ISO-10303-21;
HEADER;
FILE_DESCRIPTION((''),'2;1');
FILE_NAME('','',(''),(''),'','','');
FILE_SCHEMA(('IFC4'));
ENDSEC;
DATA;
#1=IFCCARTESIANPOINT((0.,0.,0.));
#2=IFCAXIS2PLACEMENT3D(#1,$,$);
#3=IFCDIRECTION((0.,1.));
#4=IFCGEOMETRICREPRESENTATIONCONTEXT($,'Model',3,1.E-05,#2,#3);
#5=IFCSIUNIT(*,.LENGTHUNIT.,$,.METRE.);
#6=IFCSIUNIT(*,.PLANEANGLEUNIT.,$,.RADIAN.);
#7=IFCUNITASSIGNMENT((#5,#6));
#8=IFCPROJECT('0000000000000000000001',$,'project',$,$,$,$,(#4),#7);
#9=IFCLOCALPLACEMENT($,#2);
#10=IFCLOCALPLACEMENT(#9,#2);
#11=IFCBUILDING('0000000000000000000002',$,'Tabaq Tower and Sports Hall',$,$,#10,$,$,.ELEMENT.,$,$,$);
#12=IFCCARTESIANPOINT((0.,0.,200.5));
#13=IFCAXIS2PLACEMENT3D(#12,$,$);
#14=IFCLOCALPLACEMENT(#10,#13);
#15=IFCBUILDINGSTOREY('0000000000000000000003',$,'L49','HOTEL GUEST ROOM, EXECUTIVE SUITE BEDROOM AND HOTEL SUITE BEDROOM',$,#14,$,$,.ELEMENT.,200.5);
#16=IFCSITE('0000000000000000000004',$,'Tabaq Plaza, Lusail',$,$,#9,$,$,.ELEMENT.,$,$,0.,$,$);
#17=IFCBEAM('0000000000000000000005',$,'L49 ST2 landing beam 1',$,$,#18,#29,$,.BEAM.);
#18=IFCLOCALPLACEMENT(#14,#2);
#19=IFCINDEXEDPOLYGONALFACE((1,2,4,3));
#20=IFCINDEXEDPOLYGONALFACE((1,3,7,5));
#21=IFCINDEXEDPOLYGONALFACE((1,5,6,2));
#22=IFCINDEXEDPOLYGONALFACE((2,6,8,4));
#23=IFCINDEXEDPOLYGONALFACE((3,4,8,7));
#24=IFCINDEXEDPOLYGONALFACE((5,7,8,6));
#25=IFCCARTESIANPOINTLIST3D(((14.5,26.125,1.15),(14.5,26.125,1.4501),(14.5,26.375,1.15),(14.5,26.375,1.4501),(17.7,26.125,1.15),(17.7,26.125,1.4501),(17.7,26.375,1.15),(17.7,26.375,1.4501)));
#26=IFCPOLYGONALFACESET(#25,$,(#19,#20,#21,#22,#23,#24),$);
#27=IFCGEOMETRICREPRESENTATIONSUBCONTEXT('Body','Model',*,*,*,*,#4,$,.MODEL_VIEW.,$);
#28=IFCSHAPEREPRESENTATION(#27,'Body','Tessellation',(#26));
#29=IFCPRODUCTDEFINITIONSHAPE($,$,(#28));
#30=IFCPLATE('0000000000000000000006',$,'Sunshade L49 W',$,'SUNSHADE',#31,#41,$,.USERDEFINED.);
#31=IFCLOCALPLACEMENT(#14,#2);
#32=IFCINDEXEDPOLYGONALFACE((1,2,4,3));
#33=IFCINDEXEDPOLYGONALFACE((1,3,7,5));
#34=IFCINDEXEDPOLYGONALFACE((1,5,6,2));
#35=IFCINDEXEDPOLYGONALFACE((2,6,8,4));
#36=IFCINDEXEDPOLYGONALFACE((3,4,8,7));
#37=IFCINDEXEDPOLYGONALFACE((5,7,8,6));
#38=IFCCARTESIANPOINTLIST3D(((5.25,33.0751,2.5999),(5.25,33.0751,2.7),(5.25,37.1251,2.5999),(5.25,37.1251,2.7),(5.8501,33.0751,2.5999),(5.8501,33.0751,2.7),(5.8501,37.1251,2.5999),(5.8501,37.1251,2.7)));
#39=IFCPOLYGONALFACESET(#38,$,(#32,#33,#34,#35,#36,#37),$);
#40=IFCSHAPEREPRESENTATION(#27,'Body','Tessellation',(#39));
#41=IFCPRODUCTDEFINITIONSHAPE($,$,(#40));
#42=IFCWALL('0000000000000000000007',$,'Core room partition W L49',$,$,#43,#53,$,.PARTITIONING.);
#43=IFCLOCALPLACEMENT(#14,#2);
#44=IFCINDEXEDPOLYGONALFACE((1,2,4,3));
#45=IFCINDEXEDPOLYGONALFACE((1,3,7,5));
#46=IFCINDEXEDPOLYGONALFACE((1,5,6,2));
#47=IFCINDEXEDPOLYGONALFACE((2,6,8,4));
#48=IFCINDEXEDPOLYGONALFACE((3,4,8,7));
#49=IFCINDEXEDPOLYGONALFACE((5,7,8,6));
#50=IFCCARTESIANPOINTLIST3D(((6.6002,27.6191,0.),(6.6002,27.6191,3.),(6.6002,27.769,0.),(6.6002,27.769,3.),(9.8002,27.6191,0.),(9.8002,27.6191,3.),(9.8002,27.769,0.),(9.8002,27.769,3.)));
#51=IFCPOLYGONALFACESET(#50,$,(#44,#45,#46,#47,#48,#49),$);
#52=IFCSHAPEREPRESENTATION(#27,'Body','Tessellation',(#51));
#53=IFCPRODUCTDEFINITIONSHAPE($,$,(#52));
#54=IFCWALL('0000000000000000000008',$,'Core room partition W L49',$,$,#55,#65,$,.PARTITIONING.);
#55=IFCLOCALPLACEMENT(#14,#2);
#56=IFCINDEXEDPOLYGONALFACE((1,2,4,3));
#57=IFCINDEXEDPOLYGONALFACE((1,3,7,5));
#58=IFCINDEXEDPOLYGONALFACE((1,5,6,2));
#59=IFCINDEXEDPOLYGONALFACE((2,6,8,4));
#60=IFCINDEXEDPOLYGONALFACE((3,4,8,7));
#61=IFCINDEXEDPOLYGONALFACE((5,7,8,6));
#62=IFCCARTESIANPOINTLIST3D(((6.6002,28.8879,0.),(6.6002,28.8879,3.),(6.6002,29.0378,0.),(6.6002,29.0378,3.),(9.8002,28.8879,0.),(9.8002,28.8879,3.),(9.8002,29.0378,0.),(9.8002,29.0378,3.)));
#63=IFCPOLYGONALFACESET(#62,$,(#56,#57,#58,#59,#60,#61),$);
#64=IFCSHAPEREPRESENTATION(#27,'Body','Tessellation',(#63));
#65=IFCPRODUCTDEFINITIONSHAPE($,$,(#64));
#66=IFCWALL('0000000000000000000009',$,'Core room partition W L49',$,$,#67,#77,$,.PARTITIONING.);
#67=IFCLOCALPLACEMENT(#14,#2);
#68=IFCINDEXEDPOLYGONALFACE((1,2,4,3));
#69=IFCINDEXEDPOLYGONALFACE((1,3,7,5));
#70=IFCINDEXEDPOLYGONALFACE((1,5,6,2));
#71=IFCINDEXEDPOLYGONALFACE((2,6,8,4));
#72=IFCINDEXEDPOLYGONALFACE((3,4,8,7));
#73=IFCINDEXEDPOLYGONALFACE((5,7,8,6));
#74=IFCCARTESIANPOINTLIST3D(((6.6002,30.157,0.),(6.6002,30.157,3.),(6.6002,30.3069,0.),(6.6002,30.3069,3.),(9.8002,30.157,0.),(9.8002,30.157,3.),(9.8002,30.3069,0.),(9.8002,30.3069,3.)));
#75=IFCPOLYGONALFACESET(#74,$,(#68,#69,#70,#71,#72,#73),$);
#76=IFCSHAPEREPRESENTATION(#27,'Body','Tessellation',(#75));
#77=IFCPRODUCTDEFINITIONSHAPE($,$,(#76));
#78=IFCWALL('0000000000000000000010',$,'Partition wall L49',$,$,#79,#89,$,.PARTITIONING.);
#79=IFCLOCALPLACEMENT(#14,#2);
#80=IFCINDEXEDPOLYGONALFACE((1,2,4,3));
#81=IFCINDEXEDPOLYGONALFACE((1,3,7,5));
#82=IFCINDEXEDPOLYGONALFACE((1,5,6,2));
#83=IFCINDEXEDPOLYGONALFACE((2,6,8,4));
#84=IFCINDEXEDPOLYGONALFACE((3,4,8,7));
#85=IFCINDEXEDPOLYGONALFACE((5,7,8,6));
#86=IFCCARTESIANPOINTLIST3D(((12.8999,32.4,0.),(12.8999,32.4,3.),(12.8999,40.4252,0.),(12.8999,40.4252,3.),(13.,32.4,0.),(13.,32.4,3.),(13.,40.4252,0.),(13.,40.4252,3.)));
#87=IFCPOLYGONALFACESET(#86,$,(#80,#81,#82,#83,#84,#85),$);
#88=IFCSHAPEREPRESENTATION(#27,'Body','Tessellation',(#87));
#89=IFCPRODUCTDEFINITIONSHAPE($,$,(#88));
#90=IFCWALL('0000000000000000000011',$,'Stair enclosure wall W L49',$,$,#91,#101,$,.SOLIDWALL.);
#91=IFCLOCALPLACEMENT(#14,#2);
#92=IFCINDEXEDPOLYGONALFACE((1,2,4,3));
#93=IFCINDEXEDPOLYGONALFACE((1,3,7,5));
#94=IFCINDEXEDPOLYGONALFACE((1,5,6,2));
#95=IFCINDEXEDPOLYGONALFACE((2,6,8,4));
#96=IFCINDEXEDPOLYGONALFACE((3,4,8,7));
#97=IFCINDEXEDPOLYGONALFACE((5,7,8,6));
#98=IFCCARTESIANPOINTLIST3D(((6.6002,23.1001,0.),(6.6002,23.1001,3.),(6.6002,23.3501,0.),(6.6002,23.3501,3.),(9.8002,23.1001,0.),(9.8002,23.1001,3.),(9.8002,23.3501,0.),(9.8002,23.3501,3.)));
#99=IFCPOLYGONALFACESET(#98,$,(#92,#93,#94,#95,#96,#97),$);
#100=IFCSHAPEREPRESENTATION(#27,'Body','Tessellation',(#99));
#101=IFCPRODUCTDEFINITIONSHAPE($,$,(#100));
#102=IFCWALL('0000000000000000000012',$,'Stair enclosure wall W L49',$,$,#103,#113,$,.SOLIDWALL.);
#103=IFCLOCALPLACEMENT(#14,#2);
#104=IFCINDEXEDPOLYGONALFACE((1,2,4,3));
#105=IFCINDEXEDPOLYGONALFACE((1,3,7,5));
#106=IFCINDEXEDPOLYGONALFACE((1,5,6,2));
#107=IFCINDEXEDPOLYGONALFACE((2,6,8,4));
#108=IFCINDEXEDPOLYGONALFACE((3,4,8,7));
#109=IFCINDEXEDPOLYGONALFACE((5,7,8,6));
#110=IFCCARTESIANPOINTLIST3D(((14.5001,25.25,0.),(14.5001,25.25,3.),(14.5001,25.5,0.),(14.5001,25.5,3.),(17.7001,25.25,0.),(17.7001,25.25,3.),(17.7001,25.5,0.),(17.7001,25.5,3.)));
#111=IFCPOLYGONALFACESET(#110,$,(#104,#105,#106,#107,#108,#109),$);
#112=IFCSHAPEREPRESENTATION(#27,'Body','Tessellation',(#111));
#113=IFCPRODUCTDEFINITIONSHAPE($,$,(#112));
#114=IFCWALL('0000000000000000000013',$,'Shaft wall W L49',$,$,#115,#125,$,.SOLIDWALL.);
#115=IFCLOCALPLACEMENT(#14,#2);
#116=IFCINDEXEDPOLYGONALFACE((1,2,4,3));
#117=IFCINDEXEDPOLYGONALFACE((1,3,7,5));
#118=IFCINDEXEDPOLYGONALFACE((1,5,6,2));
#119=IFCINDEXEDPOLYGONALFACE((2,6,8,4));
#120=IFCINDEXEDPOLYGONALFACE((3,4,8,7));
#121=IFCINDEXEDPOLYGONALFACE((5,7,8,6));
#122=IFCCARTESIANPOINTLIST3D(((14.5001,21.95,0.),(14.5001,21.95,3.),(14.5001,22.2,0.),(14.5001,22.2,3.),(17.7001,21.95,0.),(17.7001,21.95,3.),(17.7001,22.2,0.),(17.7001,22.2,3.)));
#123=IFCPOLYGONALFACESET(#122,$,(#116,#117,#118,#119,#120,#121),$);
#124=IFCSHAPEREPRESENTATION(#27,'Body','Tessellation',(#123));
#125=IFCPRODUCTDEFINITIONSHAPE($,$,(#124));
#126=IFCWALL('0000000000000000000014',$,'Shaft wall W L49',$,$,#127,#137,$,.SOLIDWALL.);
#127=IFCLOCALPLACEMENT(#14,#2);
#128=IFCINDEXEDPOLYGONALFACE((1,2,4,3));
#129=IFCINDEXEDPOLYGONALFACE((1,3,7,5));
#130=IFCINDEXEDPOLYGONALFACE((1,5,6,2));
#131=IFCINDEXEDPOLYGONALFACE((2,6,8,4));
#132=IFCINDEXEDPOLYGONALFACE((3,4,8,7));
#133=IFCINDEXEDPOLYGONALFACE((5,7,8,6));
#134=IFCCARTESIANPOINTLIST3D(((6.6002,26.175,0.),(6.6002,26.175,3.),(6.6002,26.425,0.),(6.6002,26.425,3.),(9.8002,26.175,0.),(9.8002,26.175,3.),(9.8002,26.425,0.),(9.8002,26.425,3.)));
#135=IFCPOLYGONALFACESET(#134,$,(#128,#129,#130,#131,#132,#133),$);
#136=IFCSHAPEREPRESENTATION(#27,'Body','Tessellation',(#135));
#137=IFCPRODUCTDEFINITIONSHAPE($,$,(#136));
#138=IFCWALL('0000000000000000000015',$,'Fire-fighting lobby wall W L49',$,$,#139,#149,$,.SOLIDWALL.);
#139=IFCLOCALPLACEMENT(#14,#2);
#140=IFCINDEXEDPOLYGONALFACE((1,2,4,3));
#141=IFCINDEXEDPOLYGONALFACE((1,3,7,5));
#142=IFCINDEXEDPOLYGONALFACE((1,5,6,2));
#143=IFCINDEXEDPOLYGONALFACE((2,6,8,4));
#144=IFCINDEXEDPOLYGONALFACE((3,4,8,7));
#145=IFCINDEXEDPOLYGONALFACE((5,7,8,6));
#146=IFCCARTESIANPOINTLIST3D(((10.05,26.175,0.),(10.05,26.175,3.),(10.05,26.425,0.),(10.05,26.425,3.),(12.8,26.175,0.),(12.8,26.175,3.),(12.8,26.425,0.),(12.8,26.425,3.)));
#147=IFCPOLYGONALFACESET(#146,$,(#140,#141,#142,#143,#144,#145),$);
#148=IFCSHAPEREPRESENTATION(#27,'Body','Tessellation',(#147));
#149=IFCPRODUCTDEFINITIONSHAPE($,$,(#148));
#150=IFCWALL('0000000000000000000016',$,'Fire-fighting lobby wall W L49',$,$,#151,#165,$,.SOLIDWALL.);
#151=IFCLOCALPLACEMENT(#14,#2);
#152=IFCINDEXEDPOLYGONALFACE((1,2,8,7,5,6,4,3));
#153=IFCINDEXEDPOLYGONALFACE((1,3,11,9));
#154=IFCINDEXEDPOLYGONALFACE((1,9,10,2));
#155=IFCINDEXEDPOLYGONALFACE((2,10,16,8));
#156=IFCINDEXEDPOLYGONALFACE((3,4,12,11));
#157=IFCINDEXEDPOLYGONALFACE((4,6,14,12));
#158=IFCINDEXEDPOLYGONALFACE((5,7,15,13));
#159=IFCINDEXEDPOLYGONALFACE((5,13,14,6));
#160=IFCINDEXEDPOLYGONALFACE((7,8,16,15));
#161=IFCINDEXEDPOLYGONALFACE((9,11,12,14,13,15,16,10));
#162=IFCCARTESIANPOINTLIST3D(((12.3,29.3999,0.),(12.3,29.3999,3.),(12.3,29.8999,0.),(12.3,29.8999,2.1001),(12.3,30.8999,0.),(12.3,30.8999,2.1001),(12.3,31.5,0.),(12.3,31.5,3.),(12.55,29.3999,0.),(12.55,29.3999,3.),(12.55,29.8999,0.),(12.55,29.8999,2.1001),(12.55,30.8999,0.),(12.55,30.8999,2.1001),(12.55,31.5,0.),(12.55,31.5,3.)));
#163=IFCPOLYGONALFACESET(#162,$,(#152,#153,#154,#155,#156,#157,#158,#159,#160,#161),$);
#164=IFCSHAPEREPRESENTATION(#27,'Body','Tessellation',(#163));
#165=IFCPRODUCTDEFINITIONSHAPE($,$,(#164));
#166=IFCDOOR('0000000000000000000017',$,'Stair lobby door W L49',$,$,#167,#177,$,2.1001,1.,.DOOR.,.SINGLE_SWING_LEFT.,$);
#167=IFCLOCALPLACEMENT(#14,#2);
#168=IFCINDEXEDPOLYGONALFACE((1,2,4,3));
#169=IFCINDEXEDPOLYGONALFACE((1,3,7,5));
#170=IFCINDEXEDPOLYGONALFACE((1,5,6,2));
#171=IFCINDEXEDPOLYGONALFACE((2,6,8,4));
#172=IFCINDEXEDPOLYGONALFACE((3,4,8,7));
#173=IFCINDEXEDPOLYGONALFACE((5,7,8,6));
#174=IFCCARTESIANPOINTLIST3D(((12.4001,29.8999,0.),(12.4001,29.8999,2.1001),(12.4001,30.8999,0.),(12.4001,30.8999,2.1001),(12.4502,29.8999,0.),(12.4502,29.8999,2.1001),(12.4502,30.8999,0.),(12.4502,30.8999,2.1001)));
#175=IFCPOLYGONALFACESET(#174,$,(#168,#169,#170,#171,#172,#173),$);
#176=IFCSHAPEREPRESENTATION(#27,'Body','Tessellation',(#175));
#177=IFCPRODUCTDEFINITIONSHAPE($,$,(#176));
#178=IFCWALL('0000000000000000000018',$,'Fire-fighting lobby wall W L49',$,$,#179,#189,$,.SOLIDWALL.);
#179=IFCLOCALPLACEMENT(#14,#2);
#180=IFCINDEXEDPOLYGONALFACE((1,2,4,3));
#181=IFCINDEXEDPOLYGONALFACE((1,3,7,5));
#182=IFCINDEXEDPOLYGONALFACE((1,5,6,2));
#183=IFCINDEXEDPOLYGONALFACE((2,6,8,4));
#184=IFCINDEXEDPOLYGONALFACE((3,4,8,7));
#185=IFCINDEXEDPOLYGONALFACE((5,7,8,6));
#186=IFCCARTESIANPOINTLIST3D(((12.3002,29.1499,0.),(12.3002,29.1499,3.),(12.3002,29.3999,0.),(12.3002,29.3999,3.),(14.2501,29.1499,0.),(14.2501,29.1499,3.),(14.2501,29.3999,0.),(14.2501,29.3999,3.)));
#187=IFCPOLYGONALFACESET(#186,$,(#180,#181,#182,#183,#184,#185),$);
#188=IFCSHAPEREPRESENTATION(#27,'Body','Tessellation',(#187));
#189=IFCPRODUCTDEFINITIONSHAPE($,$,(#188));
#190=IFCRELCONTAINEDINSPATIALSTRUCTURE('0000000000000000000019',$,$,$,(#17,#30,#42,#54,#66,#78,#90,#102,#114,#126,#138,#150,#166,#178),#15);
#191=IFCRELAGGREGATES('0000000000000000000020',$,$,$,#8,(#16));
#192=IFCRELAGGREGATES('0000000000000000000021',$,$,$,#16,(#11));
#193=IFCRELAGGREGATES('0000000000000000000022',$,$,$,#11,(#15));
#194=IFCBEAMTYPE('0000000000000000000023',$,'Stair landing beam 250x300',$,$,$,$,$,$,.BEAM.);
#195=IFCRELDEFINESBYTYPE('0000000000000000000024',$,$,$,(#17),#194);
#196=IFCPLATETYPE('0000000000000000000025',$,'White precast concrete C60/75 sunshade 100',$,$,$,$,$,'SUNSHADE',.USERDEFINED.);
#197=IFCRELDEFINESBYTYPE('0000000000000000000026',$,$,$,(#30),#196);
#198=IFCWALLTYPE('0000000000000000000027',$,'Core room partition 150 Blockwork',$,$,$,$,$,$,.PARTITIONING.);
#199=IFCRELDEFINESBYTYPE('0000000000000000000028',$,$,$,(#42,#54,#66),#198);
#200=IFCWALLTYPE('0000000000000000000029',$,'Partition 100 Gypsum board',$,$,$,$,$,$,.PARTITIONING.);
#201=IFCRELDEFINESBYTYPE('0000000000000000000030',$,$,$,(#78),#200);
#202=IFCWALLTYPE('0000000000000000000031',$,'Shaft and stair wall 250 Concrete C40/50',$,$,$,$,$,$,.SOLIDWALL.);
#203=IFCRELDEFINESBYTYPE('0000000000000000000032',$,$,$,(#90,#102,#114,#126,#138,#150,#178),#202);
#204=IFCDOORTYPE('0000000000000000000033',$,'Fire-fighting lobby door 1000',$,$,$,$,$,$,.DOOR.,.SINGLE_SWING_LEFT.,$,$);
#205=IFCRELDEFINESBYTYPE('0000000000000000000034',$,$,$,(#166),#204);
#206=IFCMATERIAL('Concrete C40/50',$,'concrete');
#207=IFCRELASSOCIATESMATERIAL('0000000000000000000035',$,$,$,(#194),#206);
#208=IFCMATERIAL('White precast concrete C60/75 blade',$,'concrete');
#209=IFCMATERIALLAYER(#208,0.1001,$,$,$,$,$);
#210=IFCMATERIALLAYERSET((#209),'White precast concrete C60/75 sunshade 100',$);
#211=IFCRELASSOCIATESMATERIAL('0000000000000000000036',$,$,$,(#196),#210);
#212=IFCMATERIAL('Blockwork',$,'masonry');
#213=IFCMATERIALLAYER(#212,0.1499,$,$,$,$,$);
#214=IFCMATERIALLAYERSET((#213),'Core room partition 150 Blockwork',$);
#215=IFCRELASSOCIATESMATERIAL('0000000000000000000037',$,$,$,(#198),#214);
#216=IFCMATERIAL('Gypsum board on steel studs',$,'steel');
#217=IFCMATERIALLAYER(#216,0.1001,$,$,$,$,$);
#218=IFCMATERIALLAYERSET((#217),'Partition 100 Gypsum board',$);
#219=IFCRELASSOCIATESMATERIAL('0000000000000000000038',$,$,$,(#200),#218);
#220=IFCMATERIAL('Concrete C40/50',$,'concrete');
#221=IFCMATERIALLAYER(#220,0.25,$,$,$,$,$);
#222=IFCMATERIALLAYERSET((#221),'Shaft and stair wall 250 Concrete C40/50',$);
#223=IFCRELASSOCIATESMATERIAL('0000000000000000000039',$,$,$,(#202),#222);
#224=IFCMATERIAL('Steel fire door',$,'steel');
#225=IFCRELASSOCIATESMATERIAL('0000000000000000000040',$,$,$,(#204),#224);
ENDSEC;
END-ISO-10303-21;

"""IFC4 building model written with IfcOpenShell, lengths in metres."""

from ifc_helpers import new_model, si_unit, direction, frame, frame_2d, origin, origin_2d, place, context, subcontext, project, spatial, rectangle, extrude, material, layer, layer_set, material_profile, profile_set, type_object, element, fill, save


model = new_model("IFC4")

# Units and contexts
model_context = context("Model", 3, precision=1e-05, world=origin(), true_north=direction((0.0, 1.0)))
body_context = subcontext(model_context, "Body", "Model", "MODEL_VIEW")
ifc_project = project(units=[si_unit("LENGTHUNIT", "METRE"), si_unit("PLANEANGLEUNIT", "RADIAN")], contexts=[model_context])

# Site, building, storey
site_placement = place(None, origin())
site = spatial("IfcSite", under=ifc_project, at=site_placement, Name="Tabaq Plaza, Lusail", CompositionType="ELEMENT", RefElevation=0.0)
building_placement = place(site_placement, origin())
building = spatial("IfcBuilding", under=site, at=building_placement, Name="Tabaq Tower and Sports Hall", CompositionType="ELEMENT")
storey_placement = place(building_placement, frame((0.0, 0.0, 200.5)))
storey = spatial("IfcBuildingStorey", under=building, at=storey_placement, Name="L49", Description="HOTEL GUEST ROOM, EXECUTIVE SUITE BEDROOM AND HOTEL SUITE BEDROOM", CompositionType="ELEMENT", Elevation=200.5)

# Beam
ifc_material_1 = material(Name="Concrete C40/50", Category="concrete")
ifc_material_profile = material_profile(ifc_material_1, rectangle(XDim=0.25, YDim=0.3, at=origin_2d()), Name="RC 250x300")
ifc_profile_set = profile_set([ifc_material_profile], Name="Concrete C40/50")
beam_type = type_object("IfcBeamType", Name="Stair landing beam 250x300", PredefinedType="BEAM", material=ifc_profile_set)
beam_placement = place(storey_placement, frame((14.5, 26.25, 1.3), z_axis=(1.0, 0.0, 0.0), x_axis=(0.0, 1.0, 0.0)))
element("IfcBeam", 1, at=beam_placement, inside=storey, type_object=beam_type, Name="L49 ST2 landing beam 1", PredefinedType="BEAM", context=body_context, shape_type="SweptSolid", body=[
    extrude(rectangle(XDim=0.25, YDim=0.3, at=origin_2d()), origin(), (0.0, 0.0, 1.0), 3.2),
])

# Plate
ifc_material_2 = material(Name="White precast concrete C60/75 blade", Category="concrete")
ifc_layer_1 = layer(ifc_material_2, 0.1001)
ifc_layer_set_1 = layer_set([ifc_layer_1], Name="White precast concrete C60/75 sunshade 100")
plate_type = type_object("IfcPlateType", Name="White precast concrete C60/75 sunshade 100", ElementType="SUNSHADE", PredefinedType="USERDEFINED", material=ifc_layer_set_1)
plate_placement = place(storey_placement, frame((5.55, 35.1001, 2.5999), z_axis=(0.0, 0.0, 1.0), x_axis=(0.0, -1.0, 0.0)))
element("IfcPlate", 2, at=plate_placement, inside=storey, type_object=plate_type, Name="Sunshade L49 W", ObjectType="SUNSHADE", PredefinedType="USERDEFINED", context=body_context, shape_type="SweptSolid", body=[
    extrude(rectangle(XDim=4.05, YDim=0.6001, at=origin_2d()), origin(), (0.0, 0.0, 1.0), 0.1001),
])

# Walls
ifc_material_3 = material(Name="Blockwork", Category="masonry")
ifc_layer_2 = layer(ifc_material_3, 0.1499)
ifc_layer_set_2 = layer_set([ifc_layer_2], Name="Core room partition 150 Blockwork")
wall_type_1 = type_object("IfcWallType", Name="Core room partition 150 Blockwork", PredefinedType="PARTITIONING", material=ifc_layer_set_2)
for number, where, z_axis, x_axis, name in (
    (3, (6.6001, 27.6941, 0.0), (0.0, 0.0, 1.0), (1.0, 0.0, 0.0), "Core room partition W L49"),
    (4, (6.6001, 28.9629, 0.0), (0.0, 0.0, 1.0), (1.0, 0.0, 0.0), "Core room partition W L49"),
    (5, (6.6001, 30.2319, 0.0), (0.0, 0.0, 1.0), (1.0, 0.0, 0.0), "Core room partition W L49"),
):
    element("IfcWall", number, at=place(storey_placement, frame(where, z_axis=z_axis, x_axis=x_axis)), inside=storey, type_object=wall_type_1, Name=name, PredefinedType="PARTITIONING", context=body_context, shape_type="SweptSolid", body=[
        extrude(rectangle(XDim=3.2, YDim=0.1499, at=frame_2d((1.6001, 0.0))), origin(), (0.0, 0.0, 1.0), 3.0),
    ])

# Walls
ifc_material_4 = material(Name="Gypsum board on steel studs", Category="steel")
ifc_layer_3 = layer(ifc_material_4, 0.1001)
ifc_layer_set_3 = layer_set([ifc_layer_3], Name="Partition 100 Gypsum board")
wall_type_2 = type_object("IfcWallType", Name="Partition 100 Gypsum board", PredefinedType="PARTITIONING", material=ifc_layer_set_3)
wall_1_placement = place(storey_placement, frame((12.95, 32.3999, 0.0), z_axis=(0.0, 0.0, 1.0), x_axis=(0.0, 1.0, 0.0)))
element("IfcWall", 6, at=wall_1_placement, inside=storey, type_object=wall_type_2, Name="Partition wall L49", PredefinedType="PARTITIONING", context=body_context, shape_type="SweptSolid", body=[
    extrude(rectangle(XDim=8.0251, YDim=0.1001, at=frame_2d((4.0127, 0.0))), origin(), (0.0, 0.0, 1.0), 3.0),
])
ifc_material_5 = material(Name="Concrete C40/50", Category="concrete")
ifc_layer_4 = layer(ifc_material_5, 0.25)
ifc_layer_set_4 = layer_set([ifc_layer_4], Name="Shaft and stair wall 250 Concrete C40/50")
wall_type_3 = type_object("IfcWallType", Name="Shaft and stair wall 250 Concrete C40/50", PredefinedType="SOLIDWALL", material=ifc_layer_set_4)
for number, where, z_axis, x_axis, name in (
    (7, (6.6001, 23.2251, 0.0), (0.0, 0.0, 1.0), (1.0, 0.0, 0.0), "Stair enclosure wall W L49"),
    (8, (14.5, 25.375, 0.0), (0.0, 0.0, 1.0), (1.0, 0.0, 0.0), "Stair enclosure wall W L49"),
    (9, (14.5, 22.075, 0.0), (0.0, 0.0, 1.0), (1.0, 0.0, 0.0), "Shaft wall W L49"),
    (10, (6.6001, 26.3, 0.0), (0.0, 0.0, 1.0), (1.0, 0.0, 0.0), "Shaft wall W L49"),
):
    element("IfcWall", number, at=place(storey_placement, frame(where, z_axis=z_axis, x_axis=x_axis)), inside=storey, type_object=wall_type_3, Name=name, PredefinedType="SOLIDWALL", context=body_context, shape_type="SweptSolid", body=[
        extrude(rectangle(XDim=3.2, YDim=0.25, at=frame_2d((1.6001, 0.0))), origin(), (0.0, 0.0, 1.0), 3.0),
    ])
wall_2_placement = place(storey_placement, frame((10.05, 26.3, 0.0), z_axis=(0.0, 0.0, 1.0), x_axis=(1.0, 0.0, 0.0)))
element("IfcWall", 11, at=wall_2_placement, inside=storey, type_object=wall_type_3, Name="Fire-fighting lobby wall W L49", PredefinedType="SOLIDWALL", context=body_context, shape_type="SweptSolid", body=[
    extrude(rectangle(XDim=2.75, YDim=0.25, at=frame_2d((1.375, 0.0))), origin(), (0.0, 0.0, 1.0), 3.0),
])

# Wall, opening, door
wall_3_placement = place(storey_placement, frame((12.425, 29.3999, 0.0), z_axis=(0.0, 0.0, 1.0), x_axis=(0.0, 1.0, 0.0)))
wall_3 = element("IfcWall", 12, at=wall_3_placement, inside=storey, type_object=wall_type_3, Name="Fire-fighting lobby wall W L49", PredefinedType="SOLIDWALL", context=body_context, shape_type="SweptSolid", body=[
    extrude(rectangle(XDim=2.1001, YDim=0.25, at=frame_2d((1.05, 0.0))), origin(), (0.0, 0.0, 1.0), 3.0),
])
opening_1_placement = place(wall_3_placement, frame((0.5, 0.0, 0.0)))
opening_1 = element("IfcOpeningElement", 13, at=opening_1_placement, cuts=wall_3, PredefinedType="OPENING", context=body_context, shape_type="SweptSolid", body=[
    extrude(rectangle(XDim=1.0, YDim=2.1001, at=frame_2d((0.5, 1.05))), frame((0.0, 0.125, 0.0), z_axis=(0.0, -1.0, 0.0), x_axis=(1.0, 0.0, 0.0)), (0.0, 0.0, 1.0), 0.25),
])
ifc_material_6 = material(Name="Steel fire door", Category="steel")
door_type_1 = type_object("IfcDoorType", Name="Fire-fighting lobby door 1000", OperationType="SINGLE_SWING_LEFT", PredefinedType="DOOR", material=ifc_material_6)
door_1_placement = place(opening_1_placement, origin())
door_1 = element("IfcDoor", 14, at=door_1_placement, inside=storey, type_object=door_type_1, Name="Stair lobby door W L49", OperationType="SINGLE_SWING_LEFT", OverallHeight=2.1001, OverallWidth=1.0, PredefinedType="DOOR", context=body_context, shape_type="SweptSolid", body=[
    extrude(rectangle(XDim=1.0, YDim=2.1001, at=frame_2d((0.5, 1.05))), frame((0.0, 0.0249, 0.0), z_axis=(0.0, -1.0, 0.0), x_axis=(1.0, 0.0, 0.0)), (0.0, 0.0, 1.0), 0.05),
])
fill(opening_1, door_1)

# Wall
wall_4_placement = place(storey_placement, frame((12.3, 29.2749, 0.0), z_axis=(0.0, 0.0, 1.0), x_axis=(1.0, 0.0, 0.0)))
element("IfcWall", 15, at=wall_4_placement, inside=storey, type_object=wall_type_3, Name="Fire-fighting lobby wall W L49", PredefinedType="SOLIDWALL", context=body_context, shape_type="SweptSolid", body=[
    extrude(rectangle(XDim=1.95, YDim=0.25, at=frame_2d((0.9751, 0.0))), origin(), (0.0, 0.0, 1.0), 3.0),
])

save(model, "model.ifc")
